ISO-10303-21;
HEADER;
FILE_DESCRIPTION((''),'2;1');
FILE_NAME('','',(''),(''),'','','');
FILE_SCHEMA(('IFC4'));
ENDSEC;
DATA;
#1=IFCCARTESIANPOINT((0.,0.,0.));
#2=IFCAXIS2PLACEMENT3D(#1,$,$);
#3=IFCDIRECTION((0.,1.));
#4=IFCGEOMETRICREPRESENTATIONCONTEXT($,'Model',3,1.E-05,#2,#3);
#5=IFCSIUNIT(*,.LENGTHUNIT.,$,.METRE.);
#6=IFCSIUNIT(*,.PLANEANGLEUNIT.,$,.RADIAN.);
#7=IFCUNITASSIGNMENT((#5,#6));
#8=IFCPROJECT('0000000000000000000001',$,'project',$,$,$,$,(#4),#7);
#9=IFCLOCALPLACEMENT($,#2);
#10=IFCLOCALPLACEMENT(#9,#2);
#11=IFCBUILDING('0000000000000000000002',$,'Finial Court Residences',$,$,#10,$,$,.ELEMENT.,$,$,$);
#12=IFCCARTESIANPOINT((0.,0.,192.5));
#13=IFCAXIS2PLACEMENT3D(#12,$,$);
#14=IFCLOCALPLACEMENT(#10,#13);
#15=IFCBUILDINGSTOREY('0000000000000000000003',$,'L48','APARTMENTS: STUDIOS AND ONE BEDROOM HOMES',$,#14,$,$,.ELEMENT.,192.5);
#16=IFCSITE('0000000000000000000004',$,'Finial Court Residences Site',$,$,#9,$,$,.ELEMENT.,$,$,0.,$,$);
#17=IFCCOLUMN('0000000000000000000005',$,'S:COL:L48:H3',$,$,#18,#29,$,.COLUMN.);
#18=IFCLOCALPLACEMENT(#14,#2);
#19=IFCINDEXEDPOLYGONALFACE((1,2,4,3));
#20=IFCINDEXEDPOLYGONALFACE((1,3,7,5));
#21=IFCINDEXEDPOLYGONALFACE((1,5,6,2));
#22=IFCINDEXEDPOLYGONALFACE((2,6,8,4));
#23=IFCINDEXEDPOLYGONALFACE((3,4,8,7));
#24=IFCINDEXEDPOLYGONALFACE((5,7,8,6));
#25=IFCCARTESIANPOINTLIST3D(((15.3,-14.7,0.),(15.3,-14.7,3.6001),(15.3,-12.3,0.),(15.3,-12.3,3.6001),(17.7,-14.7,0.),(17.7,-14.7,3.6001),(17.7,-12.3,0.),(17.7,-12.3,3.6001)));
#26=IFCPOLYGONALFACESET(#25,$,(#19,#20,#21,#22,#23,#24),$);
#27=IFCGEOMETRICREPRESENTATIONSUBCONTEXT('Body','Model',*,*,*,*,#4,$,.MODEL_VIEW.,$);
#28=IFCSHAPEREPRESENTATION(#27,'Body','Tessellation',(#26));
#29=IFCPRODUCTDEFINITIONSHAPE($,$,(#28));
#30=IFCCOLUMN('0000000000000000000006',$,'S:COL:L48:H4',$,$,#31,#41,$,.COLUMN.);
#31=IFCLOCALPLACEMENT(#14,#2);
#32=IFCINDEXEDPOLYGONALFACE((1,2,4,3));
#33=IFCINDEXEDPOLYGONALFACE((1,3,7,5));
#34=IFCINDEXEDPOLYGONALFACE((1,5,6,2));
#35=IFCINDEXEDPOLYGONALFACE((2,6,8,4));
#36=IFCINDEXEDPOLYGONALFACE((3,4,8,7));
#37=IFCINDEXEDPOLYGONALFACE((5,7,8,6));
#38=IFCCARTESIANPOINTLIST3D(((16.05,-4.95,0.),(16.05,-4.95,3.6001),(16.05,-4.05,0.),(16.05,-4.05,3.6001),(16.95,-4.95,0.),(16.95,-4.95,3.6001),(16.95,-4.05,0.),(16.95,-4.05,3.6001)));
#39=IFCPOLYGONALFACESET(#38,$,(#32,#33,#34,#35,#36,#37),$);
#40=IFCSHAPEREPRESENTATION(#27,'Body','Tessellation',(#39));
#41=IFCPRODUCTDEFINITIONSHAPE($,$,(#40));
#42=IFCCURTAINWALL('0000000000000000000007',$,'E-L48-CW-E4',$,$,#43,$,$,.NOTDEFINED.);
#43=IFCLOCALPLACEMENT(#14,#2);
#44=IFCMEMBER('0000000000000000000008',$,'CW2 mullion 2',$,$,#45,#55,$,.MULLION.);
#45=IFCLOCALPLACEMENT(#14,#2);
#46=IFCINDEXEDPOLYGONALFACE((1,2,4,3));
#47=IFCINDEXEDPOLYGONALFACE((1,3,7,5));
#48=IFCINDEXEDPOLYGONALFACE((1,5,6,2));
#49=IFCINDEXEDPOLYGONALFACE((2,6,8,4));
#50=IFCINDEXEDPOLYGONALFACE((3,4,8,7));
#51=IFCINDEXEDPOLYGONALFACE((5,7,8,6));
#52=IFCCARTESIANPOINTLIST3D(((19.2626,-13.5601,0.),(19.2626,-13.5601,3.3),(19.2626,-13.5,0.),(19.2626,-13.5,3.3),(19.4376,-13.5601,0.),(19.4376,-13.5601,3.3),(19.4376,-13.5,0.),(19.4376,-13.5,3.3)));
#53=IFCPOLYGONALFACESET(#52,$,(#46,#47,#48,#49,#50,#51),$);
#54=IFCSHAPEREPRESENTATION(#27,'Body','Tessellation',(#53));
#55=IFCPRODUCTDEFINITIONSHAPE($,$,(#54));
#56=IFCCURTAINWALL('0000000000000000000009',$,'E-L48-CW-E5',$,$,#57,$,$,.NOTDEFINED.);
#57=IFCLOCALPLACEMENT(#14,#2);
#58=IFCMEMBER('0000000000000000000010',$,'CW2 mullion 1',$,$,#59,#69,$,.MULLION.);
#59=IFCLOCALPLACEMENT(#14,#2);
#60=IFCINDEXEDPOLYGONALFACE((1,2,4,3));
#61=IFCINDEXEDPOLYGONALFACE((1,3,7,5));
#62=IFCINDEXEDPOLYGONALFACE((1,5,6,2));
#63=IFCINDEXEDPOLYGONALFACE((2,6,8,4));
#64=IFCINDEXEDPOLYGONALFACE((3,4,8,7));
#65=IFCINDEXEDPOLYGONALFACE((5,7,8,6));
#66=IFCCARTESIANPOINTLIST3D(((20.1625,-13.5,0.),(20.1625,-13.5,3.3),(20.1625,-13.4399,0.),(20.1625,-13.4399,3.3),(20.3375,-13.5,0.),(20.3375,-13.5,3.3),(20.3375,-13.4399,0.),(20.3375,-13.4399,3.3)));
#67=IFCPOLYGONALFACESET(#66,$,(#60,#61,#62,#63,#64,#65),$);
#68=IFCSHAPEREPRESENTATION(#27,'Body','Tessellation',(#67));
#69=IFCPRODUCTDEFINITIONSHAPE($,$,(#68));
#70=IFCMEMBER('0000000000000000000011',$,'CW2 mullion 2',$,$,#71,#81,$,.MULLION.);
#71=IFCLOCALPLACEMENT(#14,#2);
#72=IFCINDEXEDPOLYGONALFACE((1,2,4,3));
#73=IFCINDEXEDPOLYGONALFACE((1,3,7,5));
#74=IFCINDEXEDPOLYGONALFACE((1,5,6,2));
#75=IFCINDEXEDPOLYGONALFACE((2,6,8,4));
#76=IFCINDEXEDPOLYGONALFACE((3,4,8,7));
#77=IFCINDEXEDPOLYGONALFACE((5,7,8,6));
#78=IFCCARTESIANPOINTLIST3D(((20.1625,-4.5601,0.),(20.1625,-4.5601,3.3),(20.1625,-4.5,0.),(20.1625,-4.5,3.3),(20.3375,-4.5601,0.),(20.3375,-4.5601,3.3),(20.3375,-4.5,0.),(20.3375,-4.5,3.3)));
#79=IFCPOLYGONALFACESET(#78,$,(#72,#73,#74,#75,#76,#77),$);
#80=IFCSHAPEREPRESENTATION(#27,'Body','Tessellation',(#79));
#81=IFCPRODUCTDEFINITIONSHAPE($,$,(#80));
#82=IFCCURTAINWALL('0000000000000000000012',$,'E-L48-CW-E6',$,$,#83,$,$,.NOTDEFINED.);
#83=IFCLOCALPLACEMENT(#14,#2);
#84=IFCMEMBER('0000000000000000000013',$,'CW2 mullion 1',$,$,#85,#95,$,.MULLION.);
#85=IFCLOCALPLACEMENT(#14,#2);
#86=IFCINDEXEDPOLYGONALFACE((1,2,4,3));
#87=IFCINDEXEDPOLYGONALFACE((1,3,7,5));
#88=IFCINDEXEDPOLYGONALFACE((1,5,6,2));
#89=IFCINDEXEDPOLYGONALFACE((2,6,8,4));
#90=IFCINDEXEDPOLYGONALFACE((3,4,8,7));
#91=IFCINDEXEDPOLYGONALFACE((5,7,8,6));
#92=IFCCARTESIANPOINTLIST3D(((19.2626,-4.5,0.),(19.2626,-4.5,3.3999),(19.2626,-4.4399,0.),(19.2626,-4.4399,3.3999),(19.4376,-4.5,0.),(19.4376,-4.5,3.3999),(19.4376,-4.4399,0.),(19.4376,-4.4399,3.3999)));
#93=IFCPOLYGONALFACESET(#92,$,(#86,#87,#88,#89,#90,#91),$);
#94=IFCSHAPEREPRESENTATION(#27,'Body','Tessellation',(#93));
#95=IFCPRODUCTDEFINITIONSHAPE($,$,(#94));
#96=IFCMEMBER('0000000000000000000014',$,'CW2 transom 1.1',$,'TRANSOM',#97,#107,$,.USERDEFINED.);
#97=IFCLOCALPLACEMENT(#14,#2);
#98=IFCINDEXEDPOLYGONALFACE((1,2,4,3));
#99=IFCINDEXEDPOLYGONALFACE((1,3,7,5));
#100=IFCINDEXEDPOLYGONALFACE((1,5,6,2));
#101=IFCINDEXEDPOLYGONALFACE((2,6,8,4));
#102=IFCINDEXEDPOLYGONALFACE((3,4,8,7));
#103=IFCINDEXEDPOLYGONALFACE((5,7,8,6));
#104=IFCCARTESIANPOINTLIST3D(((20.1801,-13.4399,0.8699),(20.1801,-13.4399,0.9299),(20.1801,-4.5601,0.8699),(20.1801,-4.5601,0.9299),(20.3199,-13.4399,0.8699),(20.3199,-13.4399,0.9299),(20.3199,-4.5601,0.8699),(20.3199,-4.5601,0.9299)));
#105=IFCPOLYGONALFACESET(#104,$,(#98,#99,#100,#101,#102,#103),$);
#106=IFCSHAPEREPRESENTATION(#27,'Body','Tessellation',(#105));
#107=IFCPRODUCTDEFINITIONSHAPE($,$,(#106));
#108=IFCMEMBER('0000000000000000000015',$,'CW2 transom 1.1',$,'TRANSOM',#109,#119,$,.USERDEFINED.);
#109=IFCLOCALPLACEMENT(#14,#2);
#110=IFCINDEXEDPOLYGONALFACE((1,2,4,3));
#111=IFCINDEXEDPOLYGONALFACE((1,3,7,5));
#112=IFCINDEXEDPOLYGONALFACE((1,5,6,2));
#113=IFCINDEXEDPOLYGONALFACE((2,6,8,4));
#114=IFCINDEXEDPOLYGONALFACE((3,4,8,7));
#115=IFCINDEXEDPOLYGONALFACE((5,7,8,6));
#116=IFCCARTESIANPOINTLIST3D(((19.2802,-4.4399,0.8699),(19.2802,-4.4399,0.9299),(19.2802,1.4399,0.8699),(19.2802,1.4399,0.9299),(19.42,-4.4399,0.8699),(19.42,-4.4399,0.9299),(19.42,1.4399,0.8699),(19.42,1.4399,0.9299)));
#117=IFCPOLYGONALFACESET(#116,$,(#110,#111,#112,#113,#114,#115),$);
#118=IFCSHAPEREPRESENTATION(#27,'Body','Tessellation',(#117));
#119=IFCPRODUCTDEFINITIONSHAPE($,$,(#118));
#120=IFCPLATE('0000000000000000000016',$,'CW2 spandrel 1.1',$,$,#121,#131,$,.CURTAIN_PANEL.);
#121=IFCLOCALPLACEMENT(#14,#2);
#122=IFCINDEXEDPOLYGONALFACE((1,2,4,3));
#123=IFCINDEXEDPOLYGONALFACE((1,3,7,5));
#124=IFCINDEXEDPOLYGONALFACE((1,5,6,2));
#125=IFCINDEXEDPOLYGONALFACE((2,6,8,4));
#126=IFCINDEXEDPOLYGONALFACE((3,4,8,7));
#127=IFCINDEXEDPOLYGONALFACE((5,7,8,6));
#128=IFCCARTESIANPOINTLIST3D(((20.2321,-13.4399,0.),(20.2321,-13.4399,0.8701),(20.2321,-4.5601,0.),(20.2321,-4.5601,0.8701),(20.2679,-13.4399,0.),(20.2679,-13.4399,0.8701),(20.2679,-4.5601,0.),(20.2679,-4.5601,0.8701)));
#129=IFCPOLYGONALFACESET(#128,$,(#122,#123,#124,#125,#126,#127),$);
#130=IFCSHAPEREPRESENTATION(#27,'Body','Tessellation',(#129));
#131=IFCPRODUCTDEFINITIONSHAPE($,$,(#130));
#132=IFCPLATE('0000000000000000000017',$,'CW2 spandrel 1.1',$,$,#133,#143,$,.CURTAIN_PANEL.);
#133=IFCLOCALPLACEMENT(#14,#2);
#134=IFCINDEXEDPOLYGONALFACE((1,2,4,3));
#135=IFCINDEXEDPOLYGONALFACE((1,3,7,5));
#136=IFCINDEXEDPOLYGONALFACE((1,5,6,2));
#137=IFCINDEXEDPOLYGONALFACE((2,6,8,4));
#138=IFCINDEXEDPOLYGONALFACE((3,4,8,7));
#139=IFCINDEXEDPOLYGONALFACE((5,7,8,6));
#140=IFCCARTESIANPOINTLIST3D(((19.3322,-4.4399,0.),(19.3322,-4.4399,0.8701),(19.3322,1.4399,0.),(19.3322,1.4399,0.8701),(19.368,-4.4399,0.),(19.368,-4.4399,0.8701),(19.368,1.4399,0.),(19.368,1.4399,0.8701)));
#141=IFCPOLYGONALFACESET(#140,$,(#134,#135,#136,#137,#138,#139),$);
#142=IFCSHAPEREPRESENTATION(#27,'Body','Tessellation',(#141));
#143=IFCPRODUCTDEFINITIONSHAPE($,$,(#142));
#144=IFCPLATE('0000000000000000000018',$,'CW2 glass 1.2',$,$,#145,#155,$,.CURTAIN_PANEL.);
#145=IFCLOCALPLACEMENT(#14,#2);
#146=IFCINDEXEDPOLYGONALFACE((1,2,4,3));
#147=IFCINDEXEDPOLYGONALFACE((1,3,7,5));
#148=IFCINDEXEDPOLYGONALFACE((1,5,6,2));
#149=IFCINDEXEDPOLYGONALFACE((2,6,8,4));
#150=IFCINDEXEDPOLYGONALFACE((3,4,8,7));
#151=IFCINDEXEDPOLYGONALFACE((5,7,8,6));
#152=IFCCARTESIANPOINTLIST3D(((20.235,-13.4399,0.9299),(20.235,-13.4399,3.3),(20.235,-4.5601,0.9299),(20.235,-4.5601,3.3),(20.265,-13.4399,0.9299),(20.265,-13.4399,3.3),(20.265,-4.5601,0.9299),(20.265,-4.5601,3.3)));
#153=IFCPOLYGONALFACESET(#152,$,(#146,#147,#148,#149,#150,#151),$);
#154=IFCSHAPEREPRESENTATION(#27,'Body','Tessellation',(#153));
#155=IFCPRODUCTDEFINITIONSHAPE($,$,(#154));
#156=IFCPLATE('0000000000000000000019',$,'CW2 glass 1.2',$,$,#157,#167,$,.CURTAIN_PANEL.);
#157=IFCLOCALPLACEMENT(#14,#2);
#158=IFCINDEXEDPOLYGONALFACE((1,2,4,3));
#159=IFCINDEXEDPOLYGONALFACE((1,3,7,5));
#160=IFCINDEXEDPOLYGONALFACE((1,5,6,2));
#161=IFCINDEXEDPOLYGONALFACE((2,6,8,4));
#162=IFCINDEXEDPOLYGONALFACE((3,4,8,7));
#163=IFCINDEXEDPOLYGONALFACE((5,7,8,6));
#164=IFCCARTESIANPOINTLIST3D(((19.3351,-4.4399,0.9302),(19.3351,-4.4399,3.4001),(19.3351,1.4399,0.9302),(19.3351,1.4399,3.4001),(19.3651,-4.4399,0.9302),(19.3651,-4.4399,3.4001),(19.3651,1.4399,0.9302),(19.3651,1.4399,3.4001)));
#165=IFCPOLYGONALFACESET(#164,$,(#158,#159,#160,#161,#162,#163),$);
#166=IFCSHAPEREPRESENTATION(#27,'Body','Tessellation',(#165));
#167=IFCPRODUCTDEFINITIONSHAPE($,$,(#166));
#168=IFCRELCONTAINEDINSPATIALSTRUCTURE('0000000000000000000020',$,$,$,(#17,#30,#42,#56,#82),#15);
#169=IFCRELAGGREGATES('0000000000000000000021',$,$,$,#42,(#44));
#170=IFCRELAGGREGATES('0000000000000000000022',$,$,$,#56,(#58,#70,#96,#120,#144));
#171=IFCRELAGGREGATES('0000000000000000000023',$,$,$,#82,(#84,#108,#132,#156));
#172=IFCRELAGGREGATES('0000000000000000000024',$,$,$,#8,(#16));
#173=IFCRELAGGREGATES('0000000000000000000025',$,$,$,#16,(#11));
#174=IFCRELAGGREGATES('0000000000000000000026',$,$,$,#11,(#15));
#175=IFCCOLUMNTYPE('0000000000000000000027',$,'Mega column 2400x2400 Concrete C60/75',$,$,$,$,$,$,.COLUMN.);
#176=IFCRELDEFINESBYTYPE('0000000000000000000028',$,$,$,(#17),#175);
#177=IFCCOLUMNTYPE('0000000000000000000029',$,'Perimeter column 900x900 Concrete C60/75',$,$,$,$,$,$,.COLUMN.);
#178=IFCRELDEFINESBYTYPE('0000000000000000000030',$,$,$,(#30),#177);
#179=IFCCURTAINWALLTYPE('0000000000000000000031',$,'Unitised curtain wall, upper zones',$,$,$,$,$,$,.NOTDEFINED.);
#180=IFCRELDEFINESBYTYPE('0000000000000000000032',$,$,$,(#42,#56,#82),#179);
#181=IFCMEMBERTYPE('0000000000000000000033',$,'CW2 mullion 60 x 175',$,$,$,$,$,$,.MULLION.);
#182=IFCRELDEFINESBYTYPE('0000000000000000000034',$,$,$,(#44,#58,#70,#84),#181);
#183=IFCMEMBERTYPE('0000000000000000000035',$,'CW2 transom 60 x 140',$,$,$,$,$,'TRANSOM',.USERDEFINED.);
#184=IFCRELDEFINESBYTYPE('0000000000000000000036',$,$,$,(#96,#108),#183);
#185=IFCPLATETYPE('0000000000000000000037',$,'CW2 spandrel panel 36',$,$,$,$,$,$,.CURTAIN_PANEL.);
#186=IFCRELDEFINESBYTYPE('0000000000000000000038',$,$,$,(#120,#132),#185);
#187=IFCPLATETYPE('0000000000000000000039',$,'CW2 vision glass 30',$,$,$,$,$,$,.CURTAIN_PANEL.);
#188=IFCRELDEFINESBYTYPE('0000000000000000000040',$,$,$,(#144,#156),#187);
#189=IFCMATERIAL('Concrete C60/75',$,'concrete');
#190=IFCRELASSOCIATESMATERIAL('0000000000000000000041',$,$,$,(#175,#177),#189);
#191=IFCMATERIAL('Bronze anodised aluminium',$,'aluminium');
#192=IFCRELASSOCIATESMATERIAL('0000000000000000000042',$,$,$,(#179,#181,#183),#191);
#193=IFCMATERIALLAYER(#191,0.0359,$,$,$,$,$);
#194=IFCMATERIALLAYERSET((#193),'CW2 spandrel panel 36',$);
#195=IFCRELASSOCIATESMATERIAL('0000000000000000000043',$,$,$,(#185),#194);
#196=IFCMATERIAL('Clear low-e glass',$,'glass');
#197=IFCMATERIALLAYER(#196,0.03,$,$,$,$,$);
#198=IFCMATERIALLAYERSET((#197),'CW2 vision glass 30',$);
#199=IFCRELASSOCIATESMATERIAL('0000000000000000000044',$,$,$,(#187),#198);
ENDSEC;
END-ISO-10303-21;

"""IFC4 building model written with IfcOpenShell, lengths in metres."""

from ifc_helpers import new_model, si_unit, direction, frame, origin, origin_2d, place, context, subcontext, project, spatial, rectangle, extrude, material, layer, layer_set, material_profile, profile_set, type_object, element, aggregate, save


model = new_model("IFC4")

# Units and contexts
model_context = context("Model", 3, precision=1e-05, world=origin(), true_north=direction((0.0, 1.0)))
body_context = subcontext(model_context, "Body", "Model", "MODEL_VIEW")
ifc_project = project(units=[si_unit("LENGTHUNIT", "METRE"), si_unit("PLANEANGLEUNIT", "RADIAN")], contexts=[model_context])

# Site, building, storey
site_placement = place(None, origin())
site = spatial("IfcSite", under=ifc_project, at=site_placement, Name="Finial Court Residences Site", CompositionType="ELEMENT", RefElevation=0.0)
building_placement = place(site_placement, origin())
building = spatial("IfcBuilding", under=site, at=building_placement, Name="Finial Court Residences", CompositionType="ELEMENT")
storey_placement = place(building_placement, frame((0.0, 0.0, 192.5)))
storey = spatial("IfcBuildingStorey", under=building, at=storey_placement, Name="L48", Description="APARTMENTS: STUDIOS AND ONE BEDROOM HOMES", CompositionType="ELEMENT", Elevation=192.5)

# Columns
ifc_material_1 = material(Name="Concrete C60/75", Category="concrete")
ifc_material_profile_1 = material_profile(ifc_material_1, rectangle(XDim=2.3999, YDim=2.3999, at=origin_2d()), Name="2400x2400")
ifc_profile_set_1 = profile_set([ifc_material_profile_1], Name="Concrete C60/75")
column_type_1 = type_object("IfcColumnType", Name="Mega column 2400x2400 Concrete C60/75", PredefinedType="COLUMN", material=ifc_profile_set_1)
column_1_placement = place(storey_placement, frame((16.5, -13.5, 0.0), z_axis=(0.0, 0.0, 1.0), x_axis=(1.0, 0.0, 0.0)))
element("IfcColumn", 1, at=column_1_placement, inside=storey, type_object=column_type_1, Name="S:COL:L48:H3", PredefinedType="COLUMN", context=body_context, shape_type="SweptSolid", body=[
    extrude(rectangle(XDim=2.3999, YDim=2.3999, at=origin_2d()), origin(), (0.0, 0.0, 1.0), 3.6001),
])
ifc_material_profile_2 = material_profile(ifc_material_1, rectangle(XDim=0.8999, YDim=0.8999, at=origin_2d()), Name="900x900")
ifc_profile_set_2 = profile_set([ifc_material_profile_2], Name="Concrete C60/75")
column_type_2 = type_object("IfcColumnType", Name="Perimeter column 900x900 Concrete C60/75", PredefinedType="COLUMN", material=ifc_profile_set_2)
column_2_placement = place(storey_placement, frame((16.5, -4.5, 0.0), z_axis=(0.0, 0.0, 1.0), x_axis=(1.0, 0.0, 0.0)))
element("IfcColumn", 2, at=column_2_placement, inside=storey, type_object=column_type_2, Name="S:COL:L48:H4", PredefinedType="COLUMN", context=body_context, shape_type="SweptSolid", body=[
    extrude(rectangle(XDim=0.8999, YDim=0.8999, at=origin_2d()), origin(), (0.0, 0.0, 1.0), 3.6001),
])

# Curtain wall, member
ifc_material_2 = material(Name="Bronze anodised aluminium", Category="aluminium")
curtain_wall_type = type_object("IfcCurtainWallType", Name="Unitised curtain wall, upper zones", PredefinedType="NOTDEFINED", material=ifc_material_2)
curtain_wall_1_placement = place(storey_placement, origin())
curtain_wall_1 = element("IfcCurtainWall", 3, at=curtain_wall_1_placement, inside=storey, type_object=curtain_wall_type, Name="E-L48-CW-E4", PredefinedType="NOTDEFINED")
ifc_material_profile_3 = material_profile(ifc_material_2, rectangle(XDim=0.175, YDim=0.0601, at=origin_2d()), Name="CW2 mullion 60 x 175")
ifc_profile_set_3 = profile_set([ifc_material_profile_3], Name="Bronze anodised aluminium")
member_type_1 = type_object("IfcMemberType", Name="CW2 mullion 60 x 175", PredefinedType="MULLION", material=ifc_profile_set_3)
member_1_placement = place(storey_placement, frame((19.3501, -13.53, 0.0), z_axis=(0.0, 0.0, 1.0), x_axis=(-1.0, 0.0, 0.0)))
member_1 = element("IfcMember", 4, at=member_1_placement, type_object=member_type_1, Name="CW2 mullion 2", PredefinedType="MULLION", context=body_context, shape_type="SweptSolid", body=[
    extrude(rectangle(XDim=0.175, YDim=0.0601, at=origin_2d()), origin(), (0.0, 0.0, 1.0), 3.3),
])
aggregate(curtain_wall_1, [member_1])

# Curtain wall, members
curtain_wall_2_placement = place(storey_placement, origin())
curtain_wall_2 = element("IfcCurtainWall", 5, at=curtain_wall_2_placement, inside=storey, type_object=curtain_wall_type, Name="E-L48-CW-E5", PredefinedType="NOTDEFINED")
member_2_placement = place(storey_placement, frame((20.25, -13.47, 0.0), z_axis=(0.0, 0.0, 1.0), x_axis=(-1.0, 0.0, 0.0)))
member_2 = element("IfcMember", 6, at=member_2_placement, type_object=member_type_1, Name="CW2 mullion 1", PredefinedType="MULLION", context=body_context, shape_type="SweptSolid", body=[
    extrude(rectangle(XDim=0.175, YDim=0.0601, at=origin_2d()), origin(), (0.0, 0.0, 1.0), 3.3),
])
member_3_placement = place(storey_placement, frame((20.25, -4.53, 0.0), z_axis=(0.0, 0.0, 1.0), x_axis=(-1.0, 0.0, 0.0)))
member_3 = element("IfcMember", 7, at=member_3_placement, type_object=member_type_1, Name="CW2 mullion 2", PredefinedType="MULLION", context=body_context, shape_type="SweptSolid", body=[
    extrude(rectangle(XDim=0.175, YDim=0.0601, at=origin_2d()), origin(), (0.0, 0.0, 1.0), 3.3),
])

# Curtain wall, member
curtain_wall_3_placement = place(storey_placement, origin())
curtain_wall_3 = element("IfcCurtainWall", 8, at=curtain_wall_3_placement, inside=storey, type_object=curtain_wall_type, Name="E-L48-CW-E6", PredefinedType="NOTDEFINED")
member_4_placement = place(storey_placement, frame((19.3501, -4.47, 0.0), z_axis=(0.0, 0.0, 1.0), x_axis=(-1.0, 0.0, 0.0)))
member_4 = element("IfcMember", 9, at=member_4_placement, type_object=member_type_1, Name="CW2 mullion 1", PredefinedType="MULLION", context=body_context, shape_type="SweptSolid", body=[
    extrude(rectangle(XDim=0.175, YDim=0.0601, at=origin_2d()), origin(), (0.0, 0.0, 1.0), 3.3999),
])

# Members
ifc_material_profile_4 = material_profile(ifc_material_2, rectangle(XDim=0.1399, YDim=0.0601, at=origin_2d()), Name="CW2 transom 60 x 140")
ifc_profile_set_4 = profile_set([ifc_material_profile_4], Name="Bronze anodised aluminium")
member_type_2 = type_object("IfcMemberType", Name="CW2 transom 60 x 140", ElementType="TRANSOM", PredefinedType="USERDEFINED", material=ifc_profile_set_4)
member_5_placement = place(storey_placement, frame((20.25, -13.4399, 0.8999), z_axis=(0.0, 1.0, 0.0), x_axis=(-1.0, 0.0, 0.0)))
member_5 = element("IfcMember", 10, at=member_5_placement, type_object=member_type_2, Name="CW2 transom 1.1", ObjectType="TRANSOM", PredefinedType="USERDEFINED", context=body_context, shape_type="SweptSolid", body=[
    extrude(rectangle(XDim=0.1399, YDim=0.0601, at=origin_2d()), origin(), (0.0, 0.0, 1.0), 8.8799),
])
member_6_placement = place(storey_placement, frame((19.3501, -4.4399, 0.8999), z_axis=(0.0, 1.0, 0.0), x_axis=(-1.0, 0.0, 0.0)))
member_6 = element("IfcMember", 11, at=member_6_placement, type_object=member_type_2, Name="CW2 transom 1.1", ObjectType="TRANSOM", PredefinedType="USERDEFINED", context=body_context, shape_type="SweptSolid", body=[
    extrude(rectangle(XDim=0.1399, YDim=0.0601, at=origin_2d()), origin(), (0.0, 0.0, 1.0), 5.8799),
])

# Plates
ifc_layer_1 = layer(ifc_material_2, 0.0359)
ifc_layer_set_1 = layer_set([ifc_layer_1], Name="CW2 spandrel panel 36")
plate_type_1 = type_object("IfcPlateType", Name="CW2 spandrel panel 36", PredefinedType="CURTAIN_PANEL", material=ifc_layer_set_1)
plate_1_placement = place(storey_placement, frame((20.25, -9.0, 0.0), z_axis=(0.0, 0.0, 1.0), x_axis=(0.0, 1.0, 0.0)))
plate_1 = element("IfcPlate", 12, at=plate_1_placement, type_object=plate_type_1, Name="CW2 spandrel 1.1", PredefinedType="CURTAIN_PANEL", context=body_context, shape_type="SweptSolid", body=[
    extrude(rectangle(XDim=8.8799, YDim=0.0359, at=origin_2d()), origin(), (0.0, 0.0, 1.0), 0.8701),
])
plate_2_placement = place(storey_placement, frame((19.3501, -1.5, 0.0), z_axis=(0.0, 0.0, 1.0), x_axis=(0.0, 1.0, 0.0)))
plate_2 = element("IfcPlate", 13, at=plate_2_placement, type_object=plate_type_1, Name="CW2 spandrel 1.1", PredefinedType="CURTAIN_PANEL", context=body_context, shape_type="SweptSolid", body=[
    extrude(rectangle(XDim=5.8799, YDim=0.0359, at=origin_2d()), origin(), (0.0, 0.0, 1.0), 0.8701),
])
ifc_material_3 = material(Name="Clear low-e glass", Category="glass")
ifc_layer_2 = layer(ifc_material_3, 0.03)
ifc_layer_set_2 = layer_set([ifc_layer_2], Name="CW2 vision glass 30")
plate_type_2 = type_object("IfcPlateType", Name="CW2 vision glass 30", PredefinedType="CURTAIN_PANEL", material=ifc_layer_set_2)
plate_3_placement = place(storey_placement, frame((20.25, -9.0, 0.9299), z_axis=(0.0, 0.0, 1.0), x_axis=(0.0, 1.0, 0.0)))
plate_3 = element("IfcPlate", 14, at=plate_3_placement, type_object=plate_type_2, Name="CW2 glass 1.2", PredefinedType="CURTAIN_PANEL", context=body_context, shape_type="SweptSolid", body=[
    extrude(rectangle(XDim=8.8799, YDim=0.03, at=origin_2d()), origin(), (0.0, 0.0, 1.0), 2.3701),
])
aggregate(curtain_wall_2, [member_2, member_3, member_5, plate_1, plate_3])
plate_4_placement = place(storey_placement, frame((19.3501, -1.5, 0.9302), z_axis=(0.0, 0.0, 1.0), x_axis=(0.0, 1.0, 0.0)))
plate_4 = element("IfcPlate", 15, at=plate_4_placement, type_object=plate_type_2, Name="CW2 glass 1.2", PredefinedType="CURTAIN_PANEL", context=body_context, shape_type="SweptSolid", body=[
    extrude(rectangle(XDim=5.8799, YDim=0.03, at=origin_2d()), origin(), (0.0, 0.0, 1.0), 2.47),
])
aggregate(curtain_wall_3, [member_4, member_6, plate_2, plate_4])

save(model, "model.ifc")
